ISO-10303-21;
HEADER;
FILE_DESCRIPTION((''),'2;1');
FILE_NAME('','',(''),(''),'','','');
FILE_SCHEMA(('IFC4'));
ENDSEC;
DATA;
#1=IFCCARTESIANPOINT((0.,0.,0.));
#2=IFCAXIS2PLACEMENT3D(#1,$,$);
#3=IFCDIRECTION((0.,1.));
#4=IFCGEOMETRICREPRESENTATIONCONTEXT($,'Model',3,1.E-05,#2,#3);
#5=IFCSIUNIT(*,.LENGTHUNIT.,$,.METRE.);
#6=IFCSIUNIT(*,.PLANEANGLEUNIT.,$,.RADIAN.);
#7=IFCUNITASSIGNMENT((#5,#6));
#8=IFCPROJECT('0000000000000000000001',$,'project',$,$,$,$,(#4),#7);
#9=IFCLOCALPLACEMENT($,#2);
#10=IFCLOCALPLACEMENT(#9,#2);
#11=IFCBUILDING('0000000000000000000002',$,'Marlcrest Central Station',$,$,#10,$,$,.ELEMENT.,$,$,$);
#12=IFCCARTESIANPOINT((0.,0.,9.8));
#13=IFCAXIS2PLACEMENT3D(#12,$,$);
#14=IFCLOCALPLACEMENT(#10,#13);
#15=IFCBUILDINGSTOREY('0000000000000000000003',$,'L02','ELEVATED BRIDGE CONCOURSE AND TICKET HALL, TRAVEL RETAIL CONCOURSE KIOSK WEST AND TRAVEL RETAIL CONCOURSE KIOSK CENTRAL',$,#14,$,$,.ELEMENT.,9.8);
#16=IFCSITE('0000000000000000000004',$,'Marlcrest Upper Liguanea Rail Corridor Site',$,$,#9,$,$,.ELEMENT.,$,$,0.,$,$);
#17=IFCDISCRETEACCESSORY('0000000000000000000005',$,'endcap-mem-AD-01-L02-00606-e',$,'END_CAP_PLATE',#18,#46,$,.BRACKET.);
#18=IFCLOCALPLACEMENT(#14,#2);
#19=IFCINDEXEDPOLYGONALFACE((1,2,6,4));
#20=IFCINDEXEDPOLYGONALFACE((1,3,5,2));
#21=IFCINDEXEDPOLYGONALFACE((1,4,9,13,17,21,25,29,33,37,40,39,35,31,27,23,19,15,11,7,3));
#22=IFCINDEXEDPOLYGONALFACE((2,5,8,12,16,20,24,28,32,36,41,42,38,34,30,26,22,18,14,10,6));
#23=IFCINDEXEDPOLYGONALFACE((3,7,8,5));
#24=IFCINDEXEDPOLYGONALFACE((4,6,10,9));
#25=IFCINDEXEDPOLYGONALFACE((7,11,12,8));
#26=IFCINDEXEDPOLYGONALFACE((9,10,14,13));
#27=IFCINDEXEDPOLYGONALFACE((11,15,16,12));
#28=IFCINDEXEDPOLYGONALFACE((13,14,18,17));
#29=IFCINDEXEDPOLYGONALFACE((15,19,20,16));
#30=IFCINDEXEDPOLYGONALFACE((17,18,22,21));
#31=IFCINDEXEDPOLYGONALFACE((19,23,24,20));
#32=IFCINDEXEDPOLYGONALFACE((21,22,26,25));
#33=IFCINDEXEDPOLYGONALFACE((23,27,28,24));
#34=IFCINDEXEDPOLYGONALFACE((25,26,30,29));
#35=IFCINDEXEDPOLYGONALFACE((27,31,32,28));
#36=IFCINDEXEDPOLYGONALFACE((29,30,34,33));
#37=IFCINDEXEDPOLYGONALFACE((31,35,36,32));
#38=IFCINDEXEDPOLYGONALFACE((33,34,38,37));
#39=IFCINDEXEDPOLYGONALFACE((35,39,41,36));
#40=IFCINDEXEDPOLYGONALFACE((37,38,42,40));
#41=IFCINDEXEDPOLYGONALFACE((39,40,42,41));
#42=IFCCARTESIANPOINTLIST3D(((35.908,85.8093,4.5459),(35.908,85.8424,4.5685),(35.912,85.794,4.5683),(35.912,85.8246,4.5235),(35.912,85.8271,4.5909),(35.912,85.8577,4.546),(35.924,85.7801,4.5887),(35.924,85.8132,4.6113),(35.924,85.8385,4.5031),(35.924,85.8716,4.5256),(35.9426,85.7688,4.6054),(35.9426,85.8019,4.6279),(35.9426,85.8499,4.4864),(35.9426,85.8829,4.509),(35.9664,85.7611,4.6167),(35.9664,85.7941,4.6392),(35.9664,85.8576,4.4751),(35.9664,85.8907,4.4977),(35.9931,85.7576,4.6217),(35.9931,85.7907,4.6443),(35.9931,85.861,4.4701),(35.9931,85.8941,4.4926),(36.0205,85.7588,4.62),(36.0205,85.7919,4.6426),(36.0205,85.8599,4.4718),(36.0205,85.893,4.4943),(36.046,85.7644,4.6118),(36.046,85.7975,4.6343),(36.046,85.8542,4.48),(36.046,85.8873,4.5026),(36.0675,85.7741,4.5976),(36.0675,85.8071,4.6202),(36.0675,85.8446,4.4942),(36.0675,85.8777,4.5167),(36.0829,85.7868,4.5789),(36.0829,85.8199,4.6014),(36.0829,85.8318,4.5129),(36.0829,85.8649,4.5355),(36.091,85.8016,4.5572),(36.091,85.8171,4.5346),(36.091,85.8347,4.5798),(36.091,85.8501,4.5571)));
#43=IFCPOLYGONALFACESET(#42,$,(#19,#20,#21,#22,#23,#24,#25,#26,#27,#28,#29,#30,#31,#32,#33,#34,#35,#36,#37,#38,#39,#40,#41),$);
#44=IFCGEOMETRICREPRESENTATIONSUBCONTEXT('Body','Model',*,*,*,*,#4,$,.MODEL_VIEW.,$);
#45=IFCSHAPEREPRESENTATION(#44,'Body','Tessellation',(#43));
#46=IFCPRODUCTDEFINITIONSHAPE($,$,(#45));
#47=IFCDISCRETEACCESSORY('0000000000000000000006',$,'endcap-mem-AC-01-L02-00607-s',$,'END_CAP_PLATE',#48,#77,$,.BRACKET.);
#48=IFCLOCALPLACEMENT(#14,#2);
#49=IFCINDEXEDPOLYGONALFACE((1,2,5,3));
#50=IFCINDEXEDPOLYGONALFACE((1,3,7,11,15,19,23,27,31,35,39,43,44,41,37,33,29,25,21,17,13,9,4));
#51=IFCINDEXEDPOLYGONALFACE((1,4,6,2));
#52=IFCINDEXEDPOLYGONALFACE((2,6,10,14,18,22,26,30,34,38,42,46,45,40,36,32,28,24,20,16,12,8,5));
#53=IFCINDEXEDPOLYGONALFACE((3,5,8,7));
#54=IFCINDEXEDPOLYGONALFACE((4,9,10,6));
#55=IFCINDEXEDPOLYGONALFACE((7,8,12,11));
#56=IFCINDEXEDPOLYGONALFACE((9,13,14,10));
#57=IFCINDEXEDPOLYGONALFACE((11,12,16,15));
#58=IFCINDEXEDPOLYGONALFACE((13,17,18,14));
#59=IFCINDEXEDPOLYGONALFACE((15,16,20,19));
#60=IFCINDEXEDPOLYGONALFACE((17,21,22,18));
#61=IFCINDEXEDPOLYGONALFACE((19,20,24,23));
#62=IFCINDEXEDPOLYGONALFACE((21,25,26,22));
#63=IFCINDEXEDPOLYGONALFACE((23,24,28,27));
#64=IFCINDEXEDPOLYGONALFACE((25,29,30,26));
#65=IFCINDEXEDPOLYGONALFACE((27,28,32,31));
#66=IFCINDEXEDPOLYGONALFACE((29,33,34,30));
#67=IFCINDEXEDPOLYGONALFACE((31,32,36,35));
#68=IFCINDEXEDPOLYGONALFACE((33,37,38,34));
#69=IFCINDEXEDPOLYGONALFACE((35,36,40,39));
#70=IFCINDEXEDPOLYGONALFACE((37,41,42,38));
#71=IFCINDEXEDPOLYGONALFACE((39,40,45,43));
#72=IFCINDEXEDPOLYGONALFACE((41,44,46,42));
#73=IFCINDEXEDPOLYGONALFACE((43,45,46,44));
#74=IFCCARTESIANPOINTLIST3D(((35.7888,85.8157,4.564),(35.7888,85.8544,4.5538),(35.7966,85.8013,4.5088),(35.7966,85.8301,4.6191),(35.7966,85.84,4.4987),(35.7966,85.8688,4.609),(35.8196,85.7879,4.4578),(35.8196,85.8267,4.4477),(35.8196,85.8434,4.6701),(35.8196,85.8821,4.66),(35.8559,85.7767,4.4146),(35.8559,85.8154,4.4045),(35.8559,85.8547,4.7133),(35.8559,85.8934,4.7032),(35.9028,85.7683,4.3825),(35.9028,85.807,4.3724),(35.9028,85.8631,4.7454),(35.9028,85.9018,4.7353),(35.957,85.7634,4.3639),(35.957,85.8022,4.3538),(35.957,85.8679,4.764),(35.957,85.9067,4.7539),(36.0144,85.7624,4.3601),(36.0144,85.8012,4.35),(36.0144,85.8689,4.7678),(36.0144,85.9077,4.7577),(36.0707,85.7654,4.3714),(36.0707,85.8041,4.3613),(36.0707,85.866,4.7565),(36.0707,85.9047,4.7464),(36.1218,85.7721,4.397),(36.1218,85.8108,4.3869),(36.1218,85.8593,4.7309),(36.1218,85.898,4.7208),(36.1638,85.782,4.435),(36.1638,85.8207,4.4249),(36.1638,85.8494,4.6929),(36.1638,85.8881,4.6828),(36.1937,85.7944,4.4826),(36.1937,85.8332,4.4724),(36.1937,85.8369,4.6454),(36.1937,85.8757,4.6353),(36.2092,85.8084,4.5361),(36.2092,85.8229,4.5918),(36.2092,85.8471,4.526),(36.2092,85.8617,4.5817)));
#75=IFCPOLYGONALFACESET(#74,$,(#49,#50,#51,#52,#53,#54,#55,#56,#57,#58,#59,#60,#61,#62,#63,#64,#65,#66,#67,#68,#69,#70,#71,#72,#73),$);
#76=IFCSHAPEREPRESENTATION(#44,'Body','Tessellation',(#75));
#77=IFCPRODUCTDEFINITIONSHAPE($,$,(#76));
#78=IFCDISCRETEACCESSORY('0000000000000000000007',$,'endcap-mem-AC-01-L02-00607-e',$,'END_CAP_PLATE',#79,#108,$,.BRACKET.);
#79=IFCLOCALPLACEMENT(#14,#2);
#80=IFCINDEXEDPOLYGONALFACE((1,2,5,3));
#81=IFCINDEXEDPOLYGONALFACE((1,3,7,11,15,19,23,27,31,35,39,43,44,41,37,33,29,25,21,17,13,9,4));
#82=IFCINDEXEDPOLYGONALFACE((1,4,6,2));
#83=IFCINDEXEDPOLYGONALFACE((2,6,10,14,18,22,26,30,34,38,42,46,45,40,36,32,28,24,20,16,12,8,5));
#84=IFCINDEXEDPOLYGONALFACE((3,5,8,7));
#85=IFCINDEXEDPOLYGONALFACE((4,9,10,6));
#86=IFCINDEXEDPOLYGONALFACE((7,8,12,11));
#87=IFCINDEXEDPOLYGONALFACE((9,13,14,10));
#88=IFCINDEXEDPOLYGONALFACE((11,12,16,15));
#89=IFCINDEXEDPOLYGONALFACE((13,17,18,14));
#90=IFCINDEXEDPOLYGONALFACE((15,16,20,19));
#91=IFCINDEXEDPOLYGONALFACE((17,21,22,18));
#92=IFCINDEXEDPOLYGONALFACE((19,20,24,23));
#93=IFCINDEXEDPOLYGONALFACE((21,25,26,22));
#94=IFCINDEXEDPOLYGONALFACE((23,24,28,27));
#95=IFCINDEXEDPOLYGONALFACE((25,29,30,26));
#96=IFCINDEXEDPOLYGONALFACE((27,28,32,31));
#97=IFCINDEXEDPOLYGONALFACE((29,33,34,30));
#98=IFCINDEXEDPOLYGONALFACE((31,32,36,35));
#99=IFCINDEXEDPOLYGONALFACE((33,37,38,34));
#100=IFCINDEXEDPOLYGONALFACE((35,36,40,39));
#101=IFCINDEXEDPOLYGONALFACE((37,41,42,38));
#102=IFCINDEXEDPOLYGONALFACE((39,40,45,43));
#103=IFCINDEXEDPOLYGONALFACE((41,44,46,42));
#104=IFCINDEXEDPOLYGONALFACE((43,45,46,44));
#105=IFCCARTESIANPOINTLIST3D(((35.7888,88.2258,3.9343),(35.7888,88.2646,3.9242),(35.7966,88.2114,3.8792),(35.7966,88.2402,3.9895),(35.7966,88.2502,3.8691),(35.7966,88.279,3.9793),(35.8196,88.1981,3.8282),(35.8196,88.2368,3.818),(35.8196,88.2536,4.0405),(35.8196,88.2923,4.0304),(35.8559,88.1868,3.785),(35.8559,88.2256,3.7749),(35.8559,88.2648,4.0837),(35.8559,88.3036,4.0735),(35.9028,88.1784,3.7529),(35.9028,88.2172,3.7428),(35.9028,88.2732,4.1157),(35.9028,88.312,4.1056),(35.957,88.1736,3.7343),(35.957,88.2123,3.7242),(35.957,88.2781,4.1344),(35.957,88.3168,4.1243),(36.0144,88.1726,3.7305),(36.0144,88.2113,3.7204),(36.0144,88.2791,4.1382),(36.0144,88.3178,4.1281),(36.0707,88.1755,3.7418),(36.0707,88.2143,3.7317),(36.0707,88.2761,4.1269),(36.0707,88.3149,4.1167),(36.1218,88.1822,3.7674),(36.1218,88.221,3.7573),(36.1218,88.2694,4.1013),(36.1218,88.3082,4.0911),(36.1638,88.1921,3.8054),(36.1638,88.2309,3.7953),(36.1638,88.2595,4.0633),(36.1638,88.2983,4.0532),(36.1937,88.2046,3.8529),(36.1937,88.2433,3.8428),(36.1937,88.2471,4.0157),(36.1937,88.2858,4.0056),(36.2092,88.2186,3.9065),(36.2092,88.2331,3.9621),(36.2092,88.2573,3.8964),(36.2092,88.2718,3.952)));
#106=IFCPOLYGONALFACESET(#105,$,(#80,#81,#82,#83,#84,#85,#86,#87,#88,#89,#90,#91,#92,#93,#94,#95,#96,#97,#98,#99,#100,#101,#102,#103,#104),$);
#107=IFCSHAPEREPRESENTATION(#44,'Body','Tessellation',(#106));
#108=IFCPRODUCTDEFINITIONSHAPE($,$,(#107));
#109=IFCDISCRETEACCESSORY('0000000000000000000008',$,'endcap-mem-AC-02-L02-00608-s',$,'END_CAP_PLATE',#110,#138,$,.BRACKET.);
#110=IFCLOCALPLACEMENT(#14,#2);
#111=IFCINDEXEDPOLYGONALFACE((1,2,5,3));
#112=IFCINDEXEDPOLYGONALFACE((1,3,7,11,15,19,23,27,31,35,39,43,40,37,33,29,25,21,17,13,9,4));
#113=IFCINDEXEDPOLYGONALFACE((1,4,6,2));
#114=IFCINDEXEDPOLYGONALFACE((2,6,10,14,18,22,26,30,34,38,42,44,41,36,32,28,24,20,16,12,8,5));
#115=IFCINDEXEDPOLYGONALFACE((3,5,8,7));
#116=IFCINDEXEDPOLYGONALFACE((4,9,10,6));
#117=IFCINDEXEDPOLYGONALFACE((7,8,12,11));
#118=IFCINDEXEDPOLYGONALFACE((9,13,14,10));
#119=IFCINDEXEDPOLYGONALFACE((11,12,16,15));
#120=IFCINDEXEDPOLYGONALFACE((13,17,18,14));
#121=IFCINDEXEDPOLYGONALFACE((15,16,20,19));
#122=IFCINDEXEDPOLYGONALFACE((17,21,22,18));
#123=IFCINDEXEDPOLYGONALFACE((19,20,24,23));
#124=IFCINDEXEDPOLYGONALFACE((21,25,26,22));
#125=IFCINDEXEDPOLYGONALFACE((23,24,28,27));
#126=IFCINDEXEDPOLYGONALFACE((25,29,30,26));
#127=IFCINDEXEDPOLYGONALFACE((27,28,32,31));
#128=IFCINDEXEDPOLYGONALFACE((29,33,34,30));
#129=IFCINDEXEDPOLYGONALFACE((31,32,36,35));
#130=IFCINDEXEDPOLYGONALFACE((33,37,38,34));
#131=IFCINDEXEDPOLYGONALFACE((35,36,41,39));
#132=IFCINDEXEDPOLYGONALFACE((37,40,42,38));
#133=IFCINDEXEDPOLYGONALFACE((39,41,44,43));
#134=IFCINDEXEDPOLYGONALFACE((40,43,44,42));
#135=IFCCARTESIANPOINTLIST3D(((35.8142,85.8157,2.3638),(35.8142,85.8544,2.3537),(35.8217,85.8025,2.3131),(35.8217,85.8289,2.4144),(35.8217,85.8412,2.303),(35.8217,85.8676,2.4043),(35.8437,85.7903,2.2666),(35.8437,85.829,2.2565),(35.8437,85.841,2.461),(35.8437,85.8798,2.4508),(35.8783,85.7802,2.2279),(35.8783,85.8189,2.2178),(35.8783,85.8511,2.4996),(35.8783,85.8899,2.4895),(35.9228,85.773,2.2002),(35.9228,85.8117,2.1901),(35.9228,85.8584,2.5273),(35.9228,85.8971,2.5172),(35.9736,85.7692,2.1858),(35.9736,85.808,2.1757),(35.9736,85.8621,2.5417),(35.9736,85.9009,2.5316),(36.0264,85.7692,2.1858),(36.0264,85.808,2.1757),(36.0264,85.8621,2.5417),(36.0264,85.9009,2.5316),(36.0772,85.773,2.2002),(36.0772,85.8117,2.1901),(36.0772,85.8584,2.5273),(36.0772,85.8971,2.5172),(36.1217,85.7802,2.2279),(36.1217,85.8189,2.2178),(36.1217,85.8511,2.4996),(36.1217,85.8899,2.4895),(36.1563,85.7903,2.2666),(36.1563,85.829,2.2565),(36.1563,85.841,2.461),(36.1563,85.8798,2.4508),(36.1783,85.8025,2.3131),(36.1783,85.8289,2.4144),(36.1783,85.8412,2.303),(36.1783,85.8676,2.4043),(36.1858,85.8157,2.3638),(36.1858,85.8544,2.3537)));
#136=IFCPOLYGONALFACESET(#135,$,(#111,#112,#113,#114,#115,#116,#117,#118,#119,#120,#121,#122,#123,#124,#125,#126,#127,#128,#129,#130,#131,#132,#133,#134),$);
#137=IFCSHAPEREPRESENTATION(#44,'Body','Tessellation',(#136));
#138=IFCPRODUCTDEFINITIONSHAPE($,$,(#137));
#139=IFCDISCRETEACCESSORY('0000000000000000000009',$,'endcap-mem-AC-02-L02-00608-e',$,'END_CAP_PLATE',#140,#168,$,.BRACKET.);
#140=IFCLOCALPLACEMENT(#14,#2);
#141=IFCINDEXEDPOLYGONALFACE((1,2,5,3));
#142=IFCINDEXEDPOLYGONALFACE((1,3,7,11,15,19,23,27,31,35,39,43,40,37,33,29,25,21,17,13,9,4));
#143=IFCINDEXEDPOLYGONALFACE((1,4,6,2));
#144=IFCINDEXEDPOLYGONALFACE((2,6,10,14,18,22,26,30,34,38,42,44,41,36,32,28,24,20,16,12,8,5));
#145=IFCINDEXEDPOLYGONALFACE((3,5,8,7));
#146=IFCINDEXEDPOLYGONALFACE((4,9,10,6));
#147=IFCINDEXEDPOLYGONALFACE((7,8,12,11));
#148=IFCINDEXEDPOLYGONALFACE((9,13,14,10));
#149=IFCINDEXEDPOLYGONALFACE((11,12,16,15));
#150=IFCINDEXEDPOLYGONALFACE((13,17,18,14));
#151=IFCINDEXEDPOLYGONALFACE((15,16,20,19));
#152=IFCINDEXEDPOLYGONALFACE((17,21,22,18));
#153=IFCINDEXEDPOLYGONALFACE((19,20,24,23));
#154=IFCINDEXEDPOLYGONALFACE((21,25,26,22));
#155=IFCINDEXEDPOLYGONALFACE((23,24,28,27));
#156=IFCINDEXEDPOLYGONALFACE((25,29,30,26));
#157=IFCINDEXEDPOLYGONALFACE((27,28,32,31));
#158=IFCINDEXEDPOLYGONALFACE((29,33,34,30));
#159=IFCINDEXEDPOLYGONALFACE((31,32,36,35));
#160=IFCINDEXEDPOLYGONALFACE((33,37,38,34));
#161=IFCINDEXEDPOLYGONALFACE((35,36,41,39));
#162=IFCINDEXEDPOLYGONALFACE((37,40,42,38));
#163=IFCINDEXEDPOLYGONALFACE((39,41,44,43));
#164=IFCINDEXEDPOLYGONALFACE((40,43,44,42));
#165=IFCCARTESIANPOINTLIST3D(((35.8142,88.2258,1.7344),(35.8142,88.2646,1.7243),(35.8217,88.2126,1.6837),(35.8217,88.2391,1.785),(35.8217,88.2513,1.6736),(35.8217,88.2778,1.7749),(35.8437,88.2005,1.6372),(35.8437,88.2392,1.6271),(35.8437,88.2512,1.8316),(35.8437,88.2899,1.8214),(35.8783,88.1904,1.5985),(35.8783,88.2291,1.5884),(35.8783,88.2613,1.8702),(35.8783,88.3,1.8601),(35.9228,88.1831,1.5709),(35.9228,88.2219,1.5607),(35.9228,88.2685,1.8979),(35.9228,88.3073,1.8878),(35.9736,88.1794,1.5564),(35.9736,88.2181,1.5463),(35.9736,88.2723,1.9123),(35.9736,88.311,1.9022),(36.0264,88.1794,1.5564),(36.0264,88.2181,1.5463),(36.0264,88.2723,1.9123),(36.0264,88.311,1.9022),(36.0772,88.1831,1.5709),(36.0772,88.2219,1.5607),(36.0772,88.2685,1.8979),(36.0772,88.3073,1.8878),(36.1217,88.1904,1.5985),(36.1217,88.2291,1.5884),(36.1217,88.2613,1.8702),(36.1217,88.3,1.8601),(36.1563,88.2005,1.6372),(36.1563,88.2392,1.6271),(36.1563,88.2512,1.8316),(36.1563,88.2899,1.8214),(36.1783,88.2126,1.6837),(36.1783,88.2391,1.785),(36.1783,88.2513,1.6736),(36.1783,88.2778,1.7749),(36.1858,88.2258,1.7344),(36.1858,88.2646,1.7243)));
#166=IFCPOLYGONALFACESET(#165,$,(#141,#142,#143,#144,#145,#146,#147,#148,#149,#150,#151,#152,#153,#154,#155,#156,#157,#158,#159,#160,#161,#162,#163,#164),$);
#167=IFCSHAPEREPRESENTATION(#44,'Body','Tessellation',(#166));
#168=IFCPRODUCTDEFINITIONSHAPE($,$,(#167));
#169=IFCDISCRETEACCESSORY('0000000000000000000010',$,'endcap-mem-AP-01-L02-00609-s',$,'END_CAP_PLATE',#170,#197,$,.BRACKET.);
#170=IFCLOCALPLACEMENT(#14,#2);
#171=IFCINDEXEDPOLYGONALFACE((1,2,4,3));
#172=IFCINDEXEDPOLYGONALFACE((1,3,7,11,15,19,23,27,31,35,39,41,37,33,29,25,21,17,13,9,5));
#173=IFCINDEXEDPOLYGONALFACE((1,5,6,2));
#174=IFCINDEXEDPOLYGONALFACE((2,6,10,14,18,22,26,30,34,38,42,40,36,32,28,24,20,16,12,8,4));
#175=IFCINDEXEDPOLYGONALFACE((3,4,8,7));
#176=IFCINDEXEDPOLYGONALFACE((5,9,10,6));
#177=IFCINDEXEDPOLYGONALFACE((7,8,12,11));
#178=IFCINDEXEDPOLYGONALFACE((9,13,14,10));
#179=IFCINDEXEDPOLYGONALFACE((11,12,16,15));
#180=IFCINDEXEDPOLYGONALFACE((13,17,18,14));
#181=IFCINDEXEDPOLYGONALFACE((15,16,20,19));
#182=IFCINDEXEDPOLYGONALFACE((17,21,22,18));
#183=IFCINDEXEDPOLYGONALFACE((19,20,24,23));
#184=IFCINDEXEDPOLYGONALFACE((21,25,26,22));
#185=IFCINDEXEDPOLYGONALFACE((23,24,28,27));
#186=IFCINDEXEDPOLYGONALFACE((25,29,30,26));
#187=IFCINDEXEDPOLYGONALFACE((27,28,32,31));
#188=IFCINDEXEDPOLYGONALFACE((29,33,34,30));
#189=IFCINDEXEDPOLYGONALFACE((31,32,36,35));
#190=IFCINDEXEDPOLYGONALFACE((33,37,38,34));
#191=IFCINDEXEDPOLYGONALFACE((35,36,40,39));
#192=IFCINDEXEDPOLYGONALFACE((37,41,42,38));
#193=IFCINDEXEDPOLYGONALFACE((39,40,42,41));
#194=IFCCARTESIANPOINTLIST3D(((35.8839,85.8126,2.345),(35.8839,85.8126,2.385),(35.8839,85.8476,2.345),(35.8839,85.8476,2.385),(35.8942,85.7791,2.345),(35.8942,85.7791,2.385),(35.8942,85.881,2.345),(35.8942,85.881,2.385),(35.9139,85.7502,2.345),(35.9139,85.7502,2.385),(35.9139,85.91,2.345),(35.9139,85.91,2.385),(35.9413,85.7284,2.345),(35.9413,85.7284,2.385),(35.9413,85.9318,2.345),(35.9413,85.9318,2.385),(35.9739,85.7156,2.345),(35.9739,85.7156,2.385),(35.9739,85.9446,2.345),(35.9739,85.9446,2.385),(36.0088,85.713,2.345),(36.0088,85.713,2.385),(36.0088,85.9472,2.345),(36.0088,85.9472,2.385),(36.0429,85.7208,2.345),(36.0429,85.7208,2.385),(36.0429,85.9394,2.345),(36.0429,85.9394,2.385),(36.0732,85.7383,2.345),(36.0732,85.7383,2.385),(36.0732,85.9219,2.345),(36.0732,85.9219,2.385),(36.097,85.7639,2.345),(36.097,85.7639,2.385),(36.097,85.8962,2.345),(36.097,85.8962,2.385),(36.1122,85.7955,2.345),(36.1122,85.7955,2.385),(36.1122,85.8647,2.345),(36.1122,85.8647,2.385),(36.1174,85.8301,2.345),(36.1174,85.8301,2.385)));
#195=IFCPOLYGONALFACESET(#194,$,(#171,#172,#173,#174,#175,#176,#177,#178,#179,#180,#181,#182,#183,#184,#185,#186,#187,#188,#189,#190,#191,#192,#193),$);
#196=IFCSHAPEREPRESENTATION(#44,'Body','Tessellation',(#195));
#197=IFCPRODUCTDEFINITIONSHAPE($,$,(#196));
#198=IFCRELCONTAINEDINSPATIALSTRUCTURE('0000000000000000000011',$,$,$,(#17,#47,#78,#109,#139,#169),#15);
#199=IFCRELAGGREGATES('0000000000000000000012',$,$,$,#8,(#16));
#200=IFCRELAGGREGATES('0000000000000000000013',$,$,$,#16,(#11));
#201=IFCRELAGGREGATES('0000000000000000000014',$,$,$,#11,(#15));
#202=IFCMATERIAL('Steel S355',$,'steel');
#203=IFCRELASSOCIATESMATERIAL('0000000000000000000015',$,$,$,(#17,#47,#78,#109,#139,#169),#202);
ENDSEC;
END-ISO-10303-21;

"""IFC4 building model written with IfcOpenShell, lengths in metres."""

from ifc_helpers import new_model, si_unit, direction, frame, origin, origin_2d, place, context, subcontext, project, spatial, circle, extrude, material, element, save


model = new_model("IFC4")

# Units and contexts
model_context = context("Model", 3, precision=1e-05, world=origin(), true_north=direction((0.0, 1.0)))
body_context = subcontext(model_context, "Body", "Model", "MODEL_VIEW")
ifc_project = project(units=[si_unit("LENGTHUNIT", "METRE"), si_unit("PLANEANGLEUNIT", "RADIAN")], contexts=[model_context])

# Site, building, storey
site_placement = place(None, origin())
site = spatial("IfcSite", under=ifc_project, at=site_placement, Name="Marlcrest Upper Liguanea Rail Corridor Site", CompositionType="ELEMENT", RefElevation=0.0)
building_placement = place(site_placement, origin())
building = spatial("IfcBuilding", under=site, at=building_placement, Name="Marlcrest Central Station", CompositionType="ELEMENT")
storey_placement = place(building_placement, frame((0.0, 0.0, 9.8)))
storey = spatial("IfcBuildingStorey", under=building, at=storey_placement, Name="L02", Description="ELEVATED BRIDGE CONCOURSE AND TICKET HALL, TRAVEL RETAIL CONCOURSE KIOSK WEST AND TRAVEL RETAIL CONCOURSE KIOSK CENTRAL", CompositionType="ELEMENT", Elevation=9.8)

# Shared definitions
ifc_material_1 = material(Name="Steel S355", Category="steel")

# Discrete accessories
for number, where, z_axis, x_axis, name in (
    (1, (36.0, 85.8093, 4.5459), (0.0, 0.826263, 0.563285), (-1.0, 0.0, 0.0), "endcap-mem-AD-01-L02-00606-e"),
):
    element("IfcDiscreteAccessory", number, at=place(storey_placement, frame(where, z_axis=z_axis, x_axis=x_axis)), inside=storey, material=ifc_material_1, Name=name, ObjectType="END_CAP_PLATE", PredefinedType="BRACKET", context=body_context, shape_type="SweptSolid", body=[
        extrude(circle(Radius=0.092, at=origin_2d()), origin(), (0.0, 0.0, 1.0), 0.04),
    ])
for number, where, z_axis, x_axis, name in (
    (2, (36.0, 85.8157, 4.564), (0.0, 0.967539, -0.25272), (-1.0, 0.0, 0.0), "endcap-mem-AC-01-L02-00607-s"),
    (3, (36.0, 88.2258, 3.9343), (0.0, 0.967539, -0.25272), (-1.0, 0.0, 0.0), "endcap-mem-AC-01-L02-00607-e"),
):
    element("IfcDiscreteAccessory", number, at=place(storey_placement, frame(where, z_axis=z_axis, x_axis=x_axis)), inside=storey, material=ifc_material_1, Name=name, ObjectType="END_CAP_PLATE", PredefinedType="BRACKET", context=body_context, shape_type="SweptSolid", body=[
        extrude(circle(Radius=0.2112, at=origin_2d()), origin(), (0.0, 0.0, 1.0), 0.04),
    ])
for number, where, z_axis, x_axis, name in (
    (4, (36.0, 85.8157, 2.3638), (0.0, 0.967563, -0.252629), (-1.0, 0.0, 0.0), "endcap-mem-AC-02-L02-00608-s"),
    (5, (36.0, 88.2258, 1.7344), (0.0, 0.967563, -0.252629), (-1.0, 0.0, 0.0), "endcap-mem-AC-02-L02-00608-e"),
):
    element("IfcDiscreteAccessory", number, at=place(storey_placement, frame(where, z_axis=z_axis, x_axis=x_axis)), inside=storey, material=ifc_material_1, Name=name, ObjectType="END_CAP_PLATE", PredefinedType="BRACKET", context=body_context, shape_type="SweptSolid", body=[
        extrude(circle(Radius=0.1858, at=origin_2d()), origin(), (0.0, 0.0, 1.0), 0.04),
    ])
for number, where, z_axis, x_axis, name in (
    (6, (36.0, 85.8301, 2.345), (0.0, 0.0, 1.0), (1.0, 0.0, 0.0), "endcap-mem-AP-01-L02-00609-s"),
):
    element("IfcDiscreteAccessory", number, at=place(storey_placement, frame(where, z_axis=z_axis, x_axis=x_axis)), inside=storey, material=ifc_material_1, Name=name, ObjectType="END_CAP_PLATE", PredefinedType="BRACKET", context=body_context, shape_type="SweptSolid", body=[
        extrude(circle(Radius=0.1174, at=origin_2d()), origin(), (0.0, 0.0, 1.0), 0.04),
    ])

save(model, "model.ifc")
